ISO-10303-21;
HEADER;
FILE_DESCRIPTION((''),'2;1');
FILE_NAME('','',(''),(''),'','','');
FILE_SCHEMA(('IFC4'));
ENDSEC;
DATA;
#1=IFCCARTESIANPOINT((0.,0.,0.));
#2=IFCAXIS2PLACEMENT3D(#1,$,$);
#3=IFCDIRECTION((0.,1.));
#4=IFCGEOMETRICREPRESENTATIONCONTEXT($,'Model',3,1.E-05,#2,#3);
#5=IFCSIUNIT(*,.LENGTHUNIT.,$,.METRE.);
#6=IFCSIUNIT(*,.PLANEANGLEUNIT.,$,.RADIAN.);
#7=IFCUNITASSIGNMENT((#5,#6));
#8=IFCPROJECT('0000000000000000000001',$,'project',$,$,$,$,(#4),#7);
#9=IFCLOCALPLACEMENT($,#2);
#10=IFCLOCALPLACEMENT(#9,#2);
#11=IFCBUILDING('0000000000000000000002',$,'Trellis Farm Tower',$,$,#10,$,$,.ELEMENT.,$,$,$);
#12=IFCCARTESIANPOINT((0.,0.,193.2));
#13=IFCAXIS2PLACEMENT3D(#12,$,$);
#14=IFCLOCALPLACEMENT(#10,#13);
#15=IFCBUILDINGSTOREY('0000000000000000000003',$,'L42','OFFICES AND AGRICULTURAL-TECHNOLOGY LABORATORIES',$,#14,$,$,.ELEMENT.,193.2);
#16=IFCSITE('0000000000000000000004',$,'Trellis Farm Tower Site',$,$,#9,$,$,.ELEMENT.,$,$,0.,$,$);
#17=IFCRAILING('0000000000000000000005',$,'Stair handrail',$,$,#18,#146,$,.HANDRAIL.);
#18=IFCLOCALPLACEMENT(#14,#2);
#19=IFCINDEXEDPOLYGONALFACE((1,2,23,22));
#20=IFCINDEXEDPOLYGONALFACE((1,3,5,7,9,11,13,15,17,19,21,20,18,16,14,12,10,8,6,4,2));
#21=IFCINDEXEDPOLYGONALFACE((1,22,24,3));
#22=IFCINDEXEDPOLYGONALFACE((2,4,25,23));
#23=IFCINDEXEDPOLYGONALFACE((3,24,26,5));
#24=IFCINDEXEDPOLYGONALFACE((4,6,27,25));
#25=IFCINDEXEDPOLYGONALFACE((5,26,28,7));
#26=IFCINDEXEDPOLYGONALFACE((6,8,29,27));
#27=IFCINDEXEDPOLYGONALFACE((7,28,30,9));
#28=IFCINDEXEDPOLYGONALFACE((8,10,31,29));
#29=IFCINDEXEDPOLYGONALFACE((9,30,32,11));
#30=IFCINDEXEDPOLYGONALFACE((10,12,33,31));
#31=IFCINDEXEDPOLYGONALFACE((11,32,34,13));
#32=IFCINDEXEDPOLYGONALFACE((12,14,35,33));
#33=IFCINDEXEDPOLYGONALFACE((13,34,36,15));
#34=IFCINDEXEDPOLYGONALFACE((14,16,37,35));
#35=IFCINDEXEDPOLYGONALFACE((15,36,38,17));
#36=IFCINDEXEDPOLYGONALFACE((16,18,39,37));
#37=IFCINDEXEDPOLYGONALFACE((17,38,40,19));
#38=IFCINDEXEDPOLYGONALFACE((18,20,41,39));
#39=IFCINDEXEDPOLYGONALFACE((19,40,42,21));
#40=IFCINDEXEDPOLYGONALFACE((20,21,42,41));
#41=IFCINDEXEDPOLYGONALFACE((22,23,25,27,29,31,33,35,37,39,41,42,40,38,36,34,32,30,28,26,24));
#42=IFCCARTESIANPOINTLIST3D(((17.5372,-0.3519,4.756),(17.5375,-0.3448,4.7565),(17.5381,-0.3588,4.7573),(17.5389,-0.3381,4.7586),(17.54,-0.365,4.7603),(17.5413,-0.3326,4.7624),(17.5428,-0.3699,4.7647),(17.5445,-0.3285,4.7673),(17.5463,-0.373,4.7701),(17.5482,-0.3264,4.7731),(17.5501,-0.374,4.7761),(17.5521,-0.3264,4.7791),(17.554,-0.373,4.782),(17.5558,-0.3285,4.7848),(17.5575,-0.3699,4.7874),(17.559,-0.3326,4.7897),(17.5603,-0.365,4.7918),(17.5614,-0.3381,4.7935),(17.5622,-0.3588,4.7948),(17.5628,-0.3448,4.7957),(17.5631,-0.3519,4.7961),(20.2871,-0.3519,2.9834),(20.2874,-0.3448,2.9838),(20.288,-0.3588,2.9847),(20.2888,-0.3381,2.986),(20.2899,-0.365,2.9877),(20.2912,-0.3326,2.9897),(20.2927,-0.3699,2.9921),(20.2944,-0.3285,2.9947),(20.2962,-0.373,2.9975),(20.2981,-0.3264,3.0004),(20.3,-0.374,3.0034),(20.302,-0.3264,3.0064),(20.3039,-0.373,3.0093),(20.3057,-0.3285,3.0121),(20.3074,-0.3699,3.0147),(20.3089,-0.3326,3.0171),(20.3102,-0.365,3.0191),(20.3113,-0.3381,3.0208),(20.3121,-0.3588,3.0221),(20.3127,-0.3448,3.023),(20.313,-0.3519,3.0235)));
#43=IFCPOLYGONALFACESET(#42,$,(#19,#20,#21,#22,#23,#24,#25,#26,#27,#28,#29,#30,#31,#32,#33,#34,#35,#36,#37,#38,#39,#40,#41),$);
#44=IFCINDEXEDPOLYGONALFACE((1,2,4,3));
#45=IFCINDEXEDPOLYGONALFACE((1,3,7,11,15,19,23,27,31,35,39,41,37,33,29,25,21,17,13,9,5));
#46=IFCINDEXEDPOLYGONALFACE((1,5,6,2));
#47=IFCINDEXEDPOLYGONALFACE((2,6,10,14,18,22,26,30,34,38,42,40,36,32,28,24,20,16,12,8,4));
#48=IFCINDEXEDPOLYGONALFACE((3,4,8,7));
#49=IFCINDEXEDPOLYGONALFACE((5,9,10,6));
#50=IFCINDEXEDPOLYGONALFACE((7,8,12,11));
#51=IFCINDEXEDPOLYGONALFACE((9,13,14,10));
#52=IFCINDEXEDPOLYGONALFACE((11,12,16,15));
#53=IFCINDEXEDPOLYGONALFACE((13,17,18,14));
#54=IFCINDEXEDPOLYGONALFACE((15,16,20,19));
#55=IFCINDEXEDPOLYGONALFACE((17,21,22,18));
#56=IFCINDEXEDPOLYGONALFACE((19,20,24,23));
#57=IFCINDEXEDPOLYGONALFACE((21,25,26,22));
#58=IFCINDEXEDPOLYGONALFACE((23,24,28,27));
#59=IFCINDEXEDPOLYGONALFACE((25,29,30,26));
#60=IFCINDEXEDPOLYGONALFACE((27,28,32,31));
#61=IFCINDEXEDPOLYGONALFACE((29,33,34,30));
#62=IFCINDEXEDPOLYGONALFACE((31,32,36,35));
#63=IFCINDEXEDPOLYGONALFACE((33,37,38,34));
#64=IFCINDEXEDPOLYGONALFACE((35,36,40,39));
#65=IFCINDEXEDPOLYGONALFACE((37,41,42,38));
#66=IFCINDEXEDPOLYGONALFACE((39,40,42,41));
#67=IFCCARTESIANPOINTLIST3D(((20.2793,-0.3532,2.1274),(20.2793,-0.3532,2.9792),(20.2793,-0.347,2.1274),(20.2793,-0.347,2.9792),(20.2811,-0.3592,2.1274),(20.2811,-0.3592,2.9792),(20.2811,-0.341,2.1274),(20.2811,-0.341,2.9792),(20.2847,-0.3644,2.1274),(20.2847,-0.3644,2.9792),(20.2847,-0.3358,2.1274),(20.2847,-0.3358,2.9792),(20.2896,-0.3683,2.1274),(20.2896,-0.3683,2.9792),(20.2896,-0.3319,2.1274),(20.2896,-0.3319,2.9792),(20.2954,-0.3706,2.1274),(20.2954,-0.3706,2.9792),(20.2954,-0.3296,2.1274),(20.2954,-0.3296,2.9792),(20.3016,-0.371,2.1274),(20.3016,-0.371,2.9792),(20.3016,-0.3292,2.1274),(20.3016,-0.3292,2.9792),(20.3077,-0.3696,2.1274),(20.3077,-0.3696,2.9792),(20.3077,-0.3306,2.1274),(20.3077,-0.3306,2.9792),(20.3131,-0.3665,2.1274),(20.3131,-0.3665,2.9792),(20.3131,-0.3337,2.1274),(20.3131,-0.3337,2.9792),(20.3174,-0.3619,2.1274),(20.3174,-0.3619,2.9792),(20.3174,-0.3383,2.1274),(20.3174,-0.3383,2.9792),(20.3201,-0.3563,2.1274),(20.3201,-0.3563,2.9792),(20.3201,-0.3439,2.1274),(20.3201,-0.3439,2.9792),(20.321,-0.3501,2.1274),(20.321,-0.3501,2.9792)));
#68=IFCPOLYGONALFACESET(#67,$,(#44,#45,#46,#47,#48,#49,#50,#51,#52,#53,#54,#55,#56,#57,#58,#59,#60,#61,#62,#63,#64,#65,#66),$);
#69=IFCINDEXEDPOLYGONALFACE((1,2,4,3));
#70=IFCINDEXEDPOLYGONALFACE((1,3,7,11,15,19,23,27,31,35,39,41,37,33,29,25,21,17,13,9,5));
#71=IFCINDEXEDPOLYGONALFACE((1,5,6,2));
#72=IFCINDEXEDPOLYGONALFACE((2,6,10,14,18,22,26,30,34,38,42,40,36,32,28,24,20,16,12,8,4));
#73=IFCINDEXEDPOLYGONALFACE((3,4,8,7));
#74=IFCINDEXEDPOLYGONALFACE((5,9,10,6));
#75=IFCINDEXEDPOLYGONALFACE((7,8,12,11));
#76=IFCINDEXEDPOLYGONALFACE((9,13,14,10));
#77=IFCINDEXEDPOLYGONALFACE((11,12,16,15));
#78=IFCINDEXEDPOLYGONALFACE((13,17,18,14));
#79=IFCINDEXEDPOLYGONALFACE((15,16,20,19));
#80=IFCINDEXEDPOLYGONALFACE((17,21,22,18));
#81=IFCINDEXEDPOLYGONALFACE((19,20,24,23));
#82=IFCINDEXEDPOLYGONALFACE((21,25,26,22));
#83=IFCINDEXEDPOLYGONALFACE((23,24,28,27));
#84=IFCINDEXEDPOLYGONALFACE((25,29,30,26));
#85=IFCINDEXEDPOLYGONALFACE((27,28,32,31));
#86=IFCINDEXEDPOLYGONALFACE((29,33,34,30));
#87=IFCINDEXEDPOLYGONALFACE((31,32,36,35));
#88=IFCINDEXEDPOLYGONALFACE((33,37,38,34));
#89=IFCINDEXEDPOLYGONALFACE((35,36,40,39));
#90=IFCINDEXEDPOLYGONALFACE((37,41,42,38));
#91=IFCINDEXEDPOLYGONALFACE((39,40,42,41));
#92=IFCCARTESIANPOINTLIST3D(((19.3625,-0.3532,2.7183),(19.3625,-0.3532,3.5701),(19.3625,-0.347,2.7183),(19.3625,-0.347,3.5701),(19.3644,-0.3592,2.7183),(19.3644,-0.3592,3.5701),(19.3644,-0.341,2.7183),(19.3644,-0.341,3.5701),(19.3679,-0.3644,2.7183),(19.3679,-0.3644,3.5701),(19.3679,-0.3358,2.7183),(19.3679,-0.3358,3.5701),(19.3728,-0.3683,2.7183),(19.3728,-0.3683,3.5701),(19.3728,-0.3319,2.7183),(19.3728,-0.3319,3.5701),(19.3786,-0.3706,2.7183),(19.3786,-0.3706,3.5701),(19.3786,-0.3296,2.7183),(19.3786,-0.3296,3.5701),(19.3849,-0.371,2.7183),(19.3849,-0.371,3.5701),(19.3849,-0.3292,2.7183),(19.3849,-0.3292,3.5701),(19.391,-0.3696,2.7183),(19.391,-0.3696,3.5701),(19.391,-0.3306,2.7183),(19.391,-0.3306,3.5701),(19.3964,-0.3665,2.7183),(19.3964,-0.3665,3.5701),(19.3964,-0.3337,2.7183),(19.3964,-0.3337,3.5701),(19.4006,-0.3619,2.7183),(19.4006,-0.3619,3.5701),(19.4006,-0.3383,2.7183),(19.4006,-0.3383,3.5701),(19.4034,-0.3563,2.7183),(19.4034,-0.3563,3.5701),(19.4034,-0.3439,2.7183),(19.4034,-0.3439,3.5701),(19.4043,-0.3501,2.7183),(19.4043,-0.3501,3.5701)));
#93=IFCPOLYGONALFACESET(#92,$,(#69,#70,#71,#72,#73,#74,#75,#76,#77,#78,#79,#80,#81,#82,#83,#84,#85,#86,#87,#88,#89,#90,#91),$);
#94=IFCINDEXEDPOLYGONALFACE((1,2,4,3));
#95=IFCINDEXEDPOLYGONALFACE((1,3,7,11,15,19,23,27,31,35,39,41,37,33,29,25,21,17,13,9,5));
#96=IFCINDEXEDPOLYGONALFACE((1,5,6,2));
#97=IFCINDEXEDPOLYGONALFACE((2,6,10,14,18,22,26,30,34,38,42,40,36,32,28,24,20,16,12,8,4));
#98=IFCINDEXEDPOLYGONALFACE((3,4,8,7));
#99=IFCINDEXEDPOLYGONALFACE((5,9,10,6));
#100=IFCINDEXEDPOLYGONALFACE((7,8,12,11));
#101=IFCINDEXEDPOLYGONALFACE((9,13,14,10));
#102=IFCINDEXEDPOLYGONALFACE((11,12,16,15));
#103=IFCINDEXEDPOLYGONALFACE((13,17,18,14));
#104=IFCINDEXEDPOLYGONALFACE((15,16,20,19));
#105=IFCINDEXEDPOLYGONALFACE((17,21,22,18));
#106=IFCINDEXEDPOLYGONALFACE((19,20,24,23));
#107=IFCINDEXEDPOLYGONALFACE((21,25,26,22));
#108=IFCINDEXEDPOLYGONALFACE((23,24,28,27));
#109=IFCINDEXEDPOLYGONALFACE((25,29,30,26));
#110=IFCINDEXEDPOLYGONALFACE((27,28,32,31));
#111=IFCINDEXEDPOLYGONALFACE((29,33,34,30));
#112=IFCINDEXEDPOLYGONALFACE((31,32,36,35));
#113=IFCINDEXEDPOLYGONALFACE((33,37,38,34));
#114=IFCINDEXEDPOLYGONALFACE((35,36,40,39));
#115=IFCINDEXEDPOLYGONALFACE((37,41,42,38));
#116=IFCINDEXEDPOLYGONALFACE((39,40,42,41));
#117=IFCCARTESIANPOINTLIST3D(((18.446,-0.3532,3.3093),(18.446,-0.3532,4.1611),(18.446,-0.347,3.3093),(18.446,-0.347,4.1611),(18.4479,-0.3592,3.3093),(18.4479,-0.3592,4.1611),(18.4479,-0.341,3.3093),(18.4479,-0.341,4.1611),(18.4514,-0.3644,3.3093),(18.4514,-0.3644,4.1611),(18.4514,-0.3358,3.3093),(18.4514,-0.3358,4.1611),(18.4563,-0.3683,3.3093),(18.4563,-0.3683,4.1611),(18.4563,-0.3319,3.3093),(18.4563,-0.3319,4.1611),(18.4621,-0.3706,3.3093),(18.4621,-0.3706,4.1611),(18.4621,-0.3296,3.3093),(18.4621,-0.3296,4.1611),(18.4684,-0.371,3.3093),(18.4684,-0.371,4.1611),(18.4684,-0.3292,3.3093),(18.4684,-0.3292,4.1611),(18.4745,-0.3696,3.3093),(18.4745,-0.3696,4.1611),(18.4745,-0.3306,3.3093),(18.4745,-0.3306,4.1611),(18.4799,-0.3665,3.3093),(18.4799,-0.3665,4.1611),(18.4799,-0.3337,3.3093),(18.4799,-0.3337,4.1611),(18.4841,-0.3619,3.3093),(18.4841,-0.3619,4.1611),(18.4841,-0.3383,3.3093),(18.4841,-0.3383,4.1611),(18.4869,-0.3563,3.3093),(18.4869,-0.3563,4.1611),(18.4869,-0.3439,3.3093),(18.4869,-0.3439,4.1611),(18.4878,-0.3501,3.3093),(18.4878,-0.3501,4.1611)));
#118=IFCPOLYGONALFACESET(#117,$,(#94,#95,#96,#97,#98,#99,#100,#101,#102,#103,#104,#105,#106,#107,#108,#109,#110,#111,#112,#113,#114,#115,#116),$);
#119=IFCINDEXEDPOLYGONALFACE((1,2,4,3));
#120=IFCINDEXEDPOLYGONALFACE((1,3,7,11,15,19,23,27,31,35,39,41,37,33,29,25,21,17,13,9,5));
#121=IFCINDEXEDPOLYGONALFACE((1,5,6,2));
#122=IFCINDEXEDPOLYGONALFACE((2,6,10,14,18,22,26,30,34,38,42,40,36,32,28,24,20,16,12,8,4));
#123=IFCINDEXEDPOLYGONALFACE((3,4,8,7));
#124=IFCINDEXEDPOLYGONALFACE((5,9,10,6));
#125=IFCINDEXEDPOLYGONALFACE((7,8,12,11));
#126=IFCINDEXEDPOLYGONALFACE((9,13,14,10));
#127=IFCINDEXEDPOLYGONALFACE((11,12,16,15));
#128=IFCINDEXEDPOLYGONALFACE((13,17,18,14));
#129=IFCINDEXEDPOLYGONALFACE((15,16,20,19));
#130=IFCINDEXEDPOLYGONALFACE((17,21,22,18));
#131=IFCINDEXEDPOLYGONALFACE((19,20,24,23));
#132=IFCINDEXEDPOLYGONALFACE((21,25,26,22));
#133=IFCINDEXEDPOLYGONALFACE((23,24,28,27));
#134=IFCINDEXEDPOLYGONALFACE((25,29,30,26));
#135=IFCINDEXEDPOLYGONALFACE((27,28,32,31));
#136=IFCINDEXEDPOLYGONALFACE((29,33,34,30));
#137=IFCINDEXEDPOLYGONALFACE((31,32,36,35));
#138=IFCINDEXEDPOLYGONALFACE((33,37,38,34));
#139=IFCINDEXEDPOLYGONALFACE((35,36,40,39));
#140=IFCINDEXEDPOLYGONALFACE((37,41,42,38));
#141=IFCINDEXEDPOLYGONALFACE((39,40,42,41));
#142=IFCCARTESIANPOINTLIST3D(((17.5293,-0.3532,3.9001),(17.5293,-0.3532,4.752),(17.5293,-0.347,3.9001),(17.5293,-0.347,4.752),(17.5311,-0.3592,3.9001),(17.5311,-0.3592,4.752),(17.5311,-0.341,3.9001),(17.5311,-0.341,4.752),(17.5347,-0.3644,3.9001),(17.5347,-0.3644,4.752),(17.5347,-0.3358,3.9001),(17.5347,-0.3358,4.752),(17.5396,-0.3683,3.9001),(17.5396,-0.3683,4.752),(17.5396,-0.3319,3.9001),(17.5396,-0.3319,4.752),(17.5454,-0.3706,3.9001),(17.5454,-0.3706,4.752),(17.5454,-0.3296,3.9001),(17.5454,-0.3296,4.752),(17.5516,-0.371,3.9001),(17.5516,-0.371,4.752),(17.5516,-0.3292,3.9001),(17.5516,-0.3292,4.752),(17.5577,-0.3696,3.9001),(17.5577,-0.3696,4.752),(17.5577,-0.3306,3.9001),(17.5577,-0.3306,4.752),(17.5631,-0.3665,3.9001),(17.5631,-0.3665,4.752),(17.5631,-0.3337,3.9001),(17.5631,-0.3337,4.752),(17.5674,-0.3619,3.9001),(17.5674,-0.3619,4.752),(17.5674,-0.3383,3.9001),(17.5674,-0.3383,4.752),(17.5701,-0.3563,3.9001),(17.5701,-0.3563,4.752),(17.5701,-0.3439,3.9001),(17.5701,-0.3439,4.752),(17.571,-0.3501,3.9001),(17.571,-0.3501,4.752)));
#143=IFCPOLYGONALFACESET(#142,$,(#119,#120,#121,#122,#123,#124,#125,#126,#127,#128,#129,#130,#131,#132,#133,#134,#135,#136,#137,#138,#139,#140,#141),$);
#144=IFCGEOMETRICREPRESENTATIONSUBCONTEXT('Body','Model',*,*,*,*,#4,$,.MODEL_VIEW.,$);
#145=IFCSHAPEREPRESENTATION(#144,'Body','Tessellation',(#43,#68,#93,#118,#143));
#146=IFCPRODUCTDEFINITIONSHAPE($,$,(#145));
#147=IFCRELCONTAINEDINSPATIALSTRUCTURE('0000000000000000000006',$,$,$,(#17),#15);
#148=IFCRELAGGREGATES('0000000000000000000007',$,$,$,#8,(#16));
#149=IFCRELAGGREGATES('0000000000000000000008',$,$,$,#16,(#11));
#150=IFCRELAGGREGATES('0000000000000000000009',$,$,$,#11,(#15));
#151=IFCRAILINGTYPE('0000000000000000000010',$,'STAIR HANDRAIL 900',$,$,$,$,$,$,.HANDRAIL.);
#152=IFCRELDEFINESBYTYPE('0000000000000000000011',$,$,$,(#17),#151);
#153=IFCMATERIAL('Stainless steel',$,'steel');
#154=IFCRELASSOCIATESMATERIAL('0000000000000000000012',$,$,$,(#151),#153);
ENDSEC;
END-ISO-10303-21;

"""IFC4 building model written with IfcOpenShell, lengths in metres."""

from ifc_helpers import new_model, si_unit, direction, frame, origin, origin_2d, place, context, subcontext, project, spatial, circle, extrude, source, transform, mapped, material, type_object, element, save


model = new_model("IFC4")

# Units and contexts
model_context = context("Model", 3, precision=1e-05, world=origin(), true_north=direction((0.0, 1.0)))
body_context = subcontext(model_context, "Body", "Model", "MODEL_VIEW")
ifc_project = project(units=[si_unit("LENGTHUNIT", "METRE"), si_unit("PLANEANGLEUNIT", "RADIAN")], contexts=[model_context])

# Site, building, storey
site_placement = place(None, origin())
site = spatial("IfcSite", under=ifc_project, at=site_placement, Name="Trellis Farm Tower Site", CompositionType="ELEMENT", RefElevation=0.0)
building_placement = place(site_placement, origin())
building = spatial("IfcBuilding", under=site, at=building_placement, Name="Trellis Farm Tower", CompositionType="ELEMENT")
storey_placement = place(building_placement, frame((0.0, 0.0, 193.2)))
storey = spatial("IfcBuildingStorey", under=building, at=storey_placement, Name="L42", Description="OFFICES AND AGRICULTURAL-TECHNOLOGY LABORATORIES", CompositionType="ELEMENT", Elevation=193.2)

# Railing
ifc_material_1 = material(Name="Stainless steel", Category="steel")
railing_type = type_object("IfcRailingType", Name="STAIR HANDRAIL 900", PredefinedType="HANDRAIL", material=ifc_material_1)
shared_shape_1 = source(origin(), body_context, "Body", "SweptSolid", [
    extrude(circle(Radius=0.0239, at=origin_2d()), frame((0.0, 0.0, 0.876), z_axis=(-0.840504, 0.0, 0.541806), x_axis=(0.0, -1.0, 0.0)), (0.0, 0.0, 1.0), 3.2717),
    extrude(circle(Radius=0.021, at=origin_2d()), origin(), (0.0, 0.0, 1.0), 0.8518),
    extrude(circle(Radius=0.021, at=origin_2d()), frame((-0.9167, 0.0, 0.5908)), (0.0, 0.0, 1.0), 0.8518),
    extrude(circle(Radius=0.021, at=origin_2d()), frame((-1.8333, 0.0, 1.1819)), (0.0, 0.0, 1.0), 0.8518),
    extrude(circle(Radius=0.021, at=origin_2d()), frame((-2.75, 0.0, 1.7727)), (0.0, 0.0, 1.0), 0.8518),
])
for number, where, name in (
    (1, (20.3, -0.3501, 2.1274), "Stair handrail"),
):
    element("IfcRailing", number, at=place(storey_placement, frame(where)), inside=storey, type_object=railing_type, Name=name, PredefinedType="HANDRAIL", context=body_context, shape_type="MappedRepresentation", body=[
        mapped(shared_shape_1, transform((0.0, 0.0, 0.0))),
    ])

save(model, "model.ifc")
